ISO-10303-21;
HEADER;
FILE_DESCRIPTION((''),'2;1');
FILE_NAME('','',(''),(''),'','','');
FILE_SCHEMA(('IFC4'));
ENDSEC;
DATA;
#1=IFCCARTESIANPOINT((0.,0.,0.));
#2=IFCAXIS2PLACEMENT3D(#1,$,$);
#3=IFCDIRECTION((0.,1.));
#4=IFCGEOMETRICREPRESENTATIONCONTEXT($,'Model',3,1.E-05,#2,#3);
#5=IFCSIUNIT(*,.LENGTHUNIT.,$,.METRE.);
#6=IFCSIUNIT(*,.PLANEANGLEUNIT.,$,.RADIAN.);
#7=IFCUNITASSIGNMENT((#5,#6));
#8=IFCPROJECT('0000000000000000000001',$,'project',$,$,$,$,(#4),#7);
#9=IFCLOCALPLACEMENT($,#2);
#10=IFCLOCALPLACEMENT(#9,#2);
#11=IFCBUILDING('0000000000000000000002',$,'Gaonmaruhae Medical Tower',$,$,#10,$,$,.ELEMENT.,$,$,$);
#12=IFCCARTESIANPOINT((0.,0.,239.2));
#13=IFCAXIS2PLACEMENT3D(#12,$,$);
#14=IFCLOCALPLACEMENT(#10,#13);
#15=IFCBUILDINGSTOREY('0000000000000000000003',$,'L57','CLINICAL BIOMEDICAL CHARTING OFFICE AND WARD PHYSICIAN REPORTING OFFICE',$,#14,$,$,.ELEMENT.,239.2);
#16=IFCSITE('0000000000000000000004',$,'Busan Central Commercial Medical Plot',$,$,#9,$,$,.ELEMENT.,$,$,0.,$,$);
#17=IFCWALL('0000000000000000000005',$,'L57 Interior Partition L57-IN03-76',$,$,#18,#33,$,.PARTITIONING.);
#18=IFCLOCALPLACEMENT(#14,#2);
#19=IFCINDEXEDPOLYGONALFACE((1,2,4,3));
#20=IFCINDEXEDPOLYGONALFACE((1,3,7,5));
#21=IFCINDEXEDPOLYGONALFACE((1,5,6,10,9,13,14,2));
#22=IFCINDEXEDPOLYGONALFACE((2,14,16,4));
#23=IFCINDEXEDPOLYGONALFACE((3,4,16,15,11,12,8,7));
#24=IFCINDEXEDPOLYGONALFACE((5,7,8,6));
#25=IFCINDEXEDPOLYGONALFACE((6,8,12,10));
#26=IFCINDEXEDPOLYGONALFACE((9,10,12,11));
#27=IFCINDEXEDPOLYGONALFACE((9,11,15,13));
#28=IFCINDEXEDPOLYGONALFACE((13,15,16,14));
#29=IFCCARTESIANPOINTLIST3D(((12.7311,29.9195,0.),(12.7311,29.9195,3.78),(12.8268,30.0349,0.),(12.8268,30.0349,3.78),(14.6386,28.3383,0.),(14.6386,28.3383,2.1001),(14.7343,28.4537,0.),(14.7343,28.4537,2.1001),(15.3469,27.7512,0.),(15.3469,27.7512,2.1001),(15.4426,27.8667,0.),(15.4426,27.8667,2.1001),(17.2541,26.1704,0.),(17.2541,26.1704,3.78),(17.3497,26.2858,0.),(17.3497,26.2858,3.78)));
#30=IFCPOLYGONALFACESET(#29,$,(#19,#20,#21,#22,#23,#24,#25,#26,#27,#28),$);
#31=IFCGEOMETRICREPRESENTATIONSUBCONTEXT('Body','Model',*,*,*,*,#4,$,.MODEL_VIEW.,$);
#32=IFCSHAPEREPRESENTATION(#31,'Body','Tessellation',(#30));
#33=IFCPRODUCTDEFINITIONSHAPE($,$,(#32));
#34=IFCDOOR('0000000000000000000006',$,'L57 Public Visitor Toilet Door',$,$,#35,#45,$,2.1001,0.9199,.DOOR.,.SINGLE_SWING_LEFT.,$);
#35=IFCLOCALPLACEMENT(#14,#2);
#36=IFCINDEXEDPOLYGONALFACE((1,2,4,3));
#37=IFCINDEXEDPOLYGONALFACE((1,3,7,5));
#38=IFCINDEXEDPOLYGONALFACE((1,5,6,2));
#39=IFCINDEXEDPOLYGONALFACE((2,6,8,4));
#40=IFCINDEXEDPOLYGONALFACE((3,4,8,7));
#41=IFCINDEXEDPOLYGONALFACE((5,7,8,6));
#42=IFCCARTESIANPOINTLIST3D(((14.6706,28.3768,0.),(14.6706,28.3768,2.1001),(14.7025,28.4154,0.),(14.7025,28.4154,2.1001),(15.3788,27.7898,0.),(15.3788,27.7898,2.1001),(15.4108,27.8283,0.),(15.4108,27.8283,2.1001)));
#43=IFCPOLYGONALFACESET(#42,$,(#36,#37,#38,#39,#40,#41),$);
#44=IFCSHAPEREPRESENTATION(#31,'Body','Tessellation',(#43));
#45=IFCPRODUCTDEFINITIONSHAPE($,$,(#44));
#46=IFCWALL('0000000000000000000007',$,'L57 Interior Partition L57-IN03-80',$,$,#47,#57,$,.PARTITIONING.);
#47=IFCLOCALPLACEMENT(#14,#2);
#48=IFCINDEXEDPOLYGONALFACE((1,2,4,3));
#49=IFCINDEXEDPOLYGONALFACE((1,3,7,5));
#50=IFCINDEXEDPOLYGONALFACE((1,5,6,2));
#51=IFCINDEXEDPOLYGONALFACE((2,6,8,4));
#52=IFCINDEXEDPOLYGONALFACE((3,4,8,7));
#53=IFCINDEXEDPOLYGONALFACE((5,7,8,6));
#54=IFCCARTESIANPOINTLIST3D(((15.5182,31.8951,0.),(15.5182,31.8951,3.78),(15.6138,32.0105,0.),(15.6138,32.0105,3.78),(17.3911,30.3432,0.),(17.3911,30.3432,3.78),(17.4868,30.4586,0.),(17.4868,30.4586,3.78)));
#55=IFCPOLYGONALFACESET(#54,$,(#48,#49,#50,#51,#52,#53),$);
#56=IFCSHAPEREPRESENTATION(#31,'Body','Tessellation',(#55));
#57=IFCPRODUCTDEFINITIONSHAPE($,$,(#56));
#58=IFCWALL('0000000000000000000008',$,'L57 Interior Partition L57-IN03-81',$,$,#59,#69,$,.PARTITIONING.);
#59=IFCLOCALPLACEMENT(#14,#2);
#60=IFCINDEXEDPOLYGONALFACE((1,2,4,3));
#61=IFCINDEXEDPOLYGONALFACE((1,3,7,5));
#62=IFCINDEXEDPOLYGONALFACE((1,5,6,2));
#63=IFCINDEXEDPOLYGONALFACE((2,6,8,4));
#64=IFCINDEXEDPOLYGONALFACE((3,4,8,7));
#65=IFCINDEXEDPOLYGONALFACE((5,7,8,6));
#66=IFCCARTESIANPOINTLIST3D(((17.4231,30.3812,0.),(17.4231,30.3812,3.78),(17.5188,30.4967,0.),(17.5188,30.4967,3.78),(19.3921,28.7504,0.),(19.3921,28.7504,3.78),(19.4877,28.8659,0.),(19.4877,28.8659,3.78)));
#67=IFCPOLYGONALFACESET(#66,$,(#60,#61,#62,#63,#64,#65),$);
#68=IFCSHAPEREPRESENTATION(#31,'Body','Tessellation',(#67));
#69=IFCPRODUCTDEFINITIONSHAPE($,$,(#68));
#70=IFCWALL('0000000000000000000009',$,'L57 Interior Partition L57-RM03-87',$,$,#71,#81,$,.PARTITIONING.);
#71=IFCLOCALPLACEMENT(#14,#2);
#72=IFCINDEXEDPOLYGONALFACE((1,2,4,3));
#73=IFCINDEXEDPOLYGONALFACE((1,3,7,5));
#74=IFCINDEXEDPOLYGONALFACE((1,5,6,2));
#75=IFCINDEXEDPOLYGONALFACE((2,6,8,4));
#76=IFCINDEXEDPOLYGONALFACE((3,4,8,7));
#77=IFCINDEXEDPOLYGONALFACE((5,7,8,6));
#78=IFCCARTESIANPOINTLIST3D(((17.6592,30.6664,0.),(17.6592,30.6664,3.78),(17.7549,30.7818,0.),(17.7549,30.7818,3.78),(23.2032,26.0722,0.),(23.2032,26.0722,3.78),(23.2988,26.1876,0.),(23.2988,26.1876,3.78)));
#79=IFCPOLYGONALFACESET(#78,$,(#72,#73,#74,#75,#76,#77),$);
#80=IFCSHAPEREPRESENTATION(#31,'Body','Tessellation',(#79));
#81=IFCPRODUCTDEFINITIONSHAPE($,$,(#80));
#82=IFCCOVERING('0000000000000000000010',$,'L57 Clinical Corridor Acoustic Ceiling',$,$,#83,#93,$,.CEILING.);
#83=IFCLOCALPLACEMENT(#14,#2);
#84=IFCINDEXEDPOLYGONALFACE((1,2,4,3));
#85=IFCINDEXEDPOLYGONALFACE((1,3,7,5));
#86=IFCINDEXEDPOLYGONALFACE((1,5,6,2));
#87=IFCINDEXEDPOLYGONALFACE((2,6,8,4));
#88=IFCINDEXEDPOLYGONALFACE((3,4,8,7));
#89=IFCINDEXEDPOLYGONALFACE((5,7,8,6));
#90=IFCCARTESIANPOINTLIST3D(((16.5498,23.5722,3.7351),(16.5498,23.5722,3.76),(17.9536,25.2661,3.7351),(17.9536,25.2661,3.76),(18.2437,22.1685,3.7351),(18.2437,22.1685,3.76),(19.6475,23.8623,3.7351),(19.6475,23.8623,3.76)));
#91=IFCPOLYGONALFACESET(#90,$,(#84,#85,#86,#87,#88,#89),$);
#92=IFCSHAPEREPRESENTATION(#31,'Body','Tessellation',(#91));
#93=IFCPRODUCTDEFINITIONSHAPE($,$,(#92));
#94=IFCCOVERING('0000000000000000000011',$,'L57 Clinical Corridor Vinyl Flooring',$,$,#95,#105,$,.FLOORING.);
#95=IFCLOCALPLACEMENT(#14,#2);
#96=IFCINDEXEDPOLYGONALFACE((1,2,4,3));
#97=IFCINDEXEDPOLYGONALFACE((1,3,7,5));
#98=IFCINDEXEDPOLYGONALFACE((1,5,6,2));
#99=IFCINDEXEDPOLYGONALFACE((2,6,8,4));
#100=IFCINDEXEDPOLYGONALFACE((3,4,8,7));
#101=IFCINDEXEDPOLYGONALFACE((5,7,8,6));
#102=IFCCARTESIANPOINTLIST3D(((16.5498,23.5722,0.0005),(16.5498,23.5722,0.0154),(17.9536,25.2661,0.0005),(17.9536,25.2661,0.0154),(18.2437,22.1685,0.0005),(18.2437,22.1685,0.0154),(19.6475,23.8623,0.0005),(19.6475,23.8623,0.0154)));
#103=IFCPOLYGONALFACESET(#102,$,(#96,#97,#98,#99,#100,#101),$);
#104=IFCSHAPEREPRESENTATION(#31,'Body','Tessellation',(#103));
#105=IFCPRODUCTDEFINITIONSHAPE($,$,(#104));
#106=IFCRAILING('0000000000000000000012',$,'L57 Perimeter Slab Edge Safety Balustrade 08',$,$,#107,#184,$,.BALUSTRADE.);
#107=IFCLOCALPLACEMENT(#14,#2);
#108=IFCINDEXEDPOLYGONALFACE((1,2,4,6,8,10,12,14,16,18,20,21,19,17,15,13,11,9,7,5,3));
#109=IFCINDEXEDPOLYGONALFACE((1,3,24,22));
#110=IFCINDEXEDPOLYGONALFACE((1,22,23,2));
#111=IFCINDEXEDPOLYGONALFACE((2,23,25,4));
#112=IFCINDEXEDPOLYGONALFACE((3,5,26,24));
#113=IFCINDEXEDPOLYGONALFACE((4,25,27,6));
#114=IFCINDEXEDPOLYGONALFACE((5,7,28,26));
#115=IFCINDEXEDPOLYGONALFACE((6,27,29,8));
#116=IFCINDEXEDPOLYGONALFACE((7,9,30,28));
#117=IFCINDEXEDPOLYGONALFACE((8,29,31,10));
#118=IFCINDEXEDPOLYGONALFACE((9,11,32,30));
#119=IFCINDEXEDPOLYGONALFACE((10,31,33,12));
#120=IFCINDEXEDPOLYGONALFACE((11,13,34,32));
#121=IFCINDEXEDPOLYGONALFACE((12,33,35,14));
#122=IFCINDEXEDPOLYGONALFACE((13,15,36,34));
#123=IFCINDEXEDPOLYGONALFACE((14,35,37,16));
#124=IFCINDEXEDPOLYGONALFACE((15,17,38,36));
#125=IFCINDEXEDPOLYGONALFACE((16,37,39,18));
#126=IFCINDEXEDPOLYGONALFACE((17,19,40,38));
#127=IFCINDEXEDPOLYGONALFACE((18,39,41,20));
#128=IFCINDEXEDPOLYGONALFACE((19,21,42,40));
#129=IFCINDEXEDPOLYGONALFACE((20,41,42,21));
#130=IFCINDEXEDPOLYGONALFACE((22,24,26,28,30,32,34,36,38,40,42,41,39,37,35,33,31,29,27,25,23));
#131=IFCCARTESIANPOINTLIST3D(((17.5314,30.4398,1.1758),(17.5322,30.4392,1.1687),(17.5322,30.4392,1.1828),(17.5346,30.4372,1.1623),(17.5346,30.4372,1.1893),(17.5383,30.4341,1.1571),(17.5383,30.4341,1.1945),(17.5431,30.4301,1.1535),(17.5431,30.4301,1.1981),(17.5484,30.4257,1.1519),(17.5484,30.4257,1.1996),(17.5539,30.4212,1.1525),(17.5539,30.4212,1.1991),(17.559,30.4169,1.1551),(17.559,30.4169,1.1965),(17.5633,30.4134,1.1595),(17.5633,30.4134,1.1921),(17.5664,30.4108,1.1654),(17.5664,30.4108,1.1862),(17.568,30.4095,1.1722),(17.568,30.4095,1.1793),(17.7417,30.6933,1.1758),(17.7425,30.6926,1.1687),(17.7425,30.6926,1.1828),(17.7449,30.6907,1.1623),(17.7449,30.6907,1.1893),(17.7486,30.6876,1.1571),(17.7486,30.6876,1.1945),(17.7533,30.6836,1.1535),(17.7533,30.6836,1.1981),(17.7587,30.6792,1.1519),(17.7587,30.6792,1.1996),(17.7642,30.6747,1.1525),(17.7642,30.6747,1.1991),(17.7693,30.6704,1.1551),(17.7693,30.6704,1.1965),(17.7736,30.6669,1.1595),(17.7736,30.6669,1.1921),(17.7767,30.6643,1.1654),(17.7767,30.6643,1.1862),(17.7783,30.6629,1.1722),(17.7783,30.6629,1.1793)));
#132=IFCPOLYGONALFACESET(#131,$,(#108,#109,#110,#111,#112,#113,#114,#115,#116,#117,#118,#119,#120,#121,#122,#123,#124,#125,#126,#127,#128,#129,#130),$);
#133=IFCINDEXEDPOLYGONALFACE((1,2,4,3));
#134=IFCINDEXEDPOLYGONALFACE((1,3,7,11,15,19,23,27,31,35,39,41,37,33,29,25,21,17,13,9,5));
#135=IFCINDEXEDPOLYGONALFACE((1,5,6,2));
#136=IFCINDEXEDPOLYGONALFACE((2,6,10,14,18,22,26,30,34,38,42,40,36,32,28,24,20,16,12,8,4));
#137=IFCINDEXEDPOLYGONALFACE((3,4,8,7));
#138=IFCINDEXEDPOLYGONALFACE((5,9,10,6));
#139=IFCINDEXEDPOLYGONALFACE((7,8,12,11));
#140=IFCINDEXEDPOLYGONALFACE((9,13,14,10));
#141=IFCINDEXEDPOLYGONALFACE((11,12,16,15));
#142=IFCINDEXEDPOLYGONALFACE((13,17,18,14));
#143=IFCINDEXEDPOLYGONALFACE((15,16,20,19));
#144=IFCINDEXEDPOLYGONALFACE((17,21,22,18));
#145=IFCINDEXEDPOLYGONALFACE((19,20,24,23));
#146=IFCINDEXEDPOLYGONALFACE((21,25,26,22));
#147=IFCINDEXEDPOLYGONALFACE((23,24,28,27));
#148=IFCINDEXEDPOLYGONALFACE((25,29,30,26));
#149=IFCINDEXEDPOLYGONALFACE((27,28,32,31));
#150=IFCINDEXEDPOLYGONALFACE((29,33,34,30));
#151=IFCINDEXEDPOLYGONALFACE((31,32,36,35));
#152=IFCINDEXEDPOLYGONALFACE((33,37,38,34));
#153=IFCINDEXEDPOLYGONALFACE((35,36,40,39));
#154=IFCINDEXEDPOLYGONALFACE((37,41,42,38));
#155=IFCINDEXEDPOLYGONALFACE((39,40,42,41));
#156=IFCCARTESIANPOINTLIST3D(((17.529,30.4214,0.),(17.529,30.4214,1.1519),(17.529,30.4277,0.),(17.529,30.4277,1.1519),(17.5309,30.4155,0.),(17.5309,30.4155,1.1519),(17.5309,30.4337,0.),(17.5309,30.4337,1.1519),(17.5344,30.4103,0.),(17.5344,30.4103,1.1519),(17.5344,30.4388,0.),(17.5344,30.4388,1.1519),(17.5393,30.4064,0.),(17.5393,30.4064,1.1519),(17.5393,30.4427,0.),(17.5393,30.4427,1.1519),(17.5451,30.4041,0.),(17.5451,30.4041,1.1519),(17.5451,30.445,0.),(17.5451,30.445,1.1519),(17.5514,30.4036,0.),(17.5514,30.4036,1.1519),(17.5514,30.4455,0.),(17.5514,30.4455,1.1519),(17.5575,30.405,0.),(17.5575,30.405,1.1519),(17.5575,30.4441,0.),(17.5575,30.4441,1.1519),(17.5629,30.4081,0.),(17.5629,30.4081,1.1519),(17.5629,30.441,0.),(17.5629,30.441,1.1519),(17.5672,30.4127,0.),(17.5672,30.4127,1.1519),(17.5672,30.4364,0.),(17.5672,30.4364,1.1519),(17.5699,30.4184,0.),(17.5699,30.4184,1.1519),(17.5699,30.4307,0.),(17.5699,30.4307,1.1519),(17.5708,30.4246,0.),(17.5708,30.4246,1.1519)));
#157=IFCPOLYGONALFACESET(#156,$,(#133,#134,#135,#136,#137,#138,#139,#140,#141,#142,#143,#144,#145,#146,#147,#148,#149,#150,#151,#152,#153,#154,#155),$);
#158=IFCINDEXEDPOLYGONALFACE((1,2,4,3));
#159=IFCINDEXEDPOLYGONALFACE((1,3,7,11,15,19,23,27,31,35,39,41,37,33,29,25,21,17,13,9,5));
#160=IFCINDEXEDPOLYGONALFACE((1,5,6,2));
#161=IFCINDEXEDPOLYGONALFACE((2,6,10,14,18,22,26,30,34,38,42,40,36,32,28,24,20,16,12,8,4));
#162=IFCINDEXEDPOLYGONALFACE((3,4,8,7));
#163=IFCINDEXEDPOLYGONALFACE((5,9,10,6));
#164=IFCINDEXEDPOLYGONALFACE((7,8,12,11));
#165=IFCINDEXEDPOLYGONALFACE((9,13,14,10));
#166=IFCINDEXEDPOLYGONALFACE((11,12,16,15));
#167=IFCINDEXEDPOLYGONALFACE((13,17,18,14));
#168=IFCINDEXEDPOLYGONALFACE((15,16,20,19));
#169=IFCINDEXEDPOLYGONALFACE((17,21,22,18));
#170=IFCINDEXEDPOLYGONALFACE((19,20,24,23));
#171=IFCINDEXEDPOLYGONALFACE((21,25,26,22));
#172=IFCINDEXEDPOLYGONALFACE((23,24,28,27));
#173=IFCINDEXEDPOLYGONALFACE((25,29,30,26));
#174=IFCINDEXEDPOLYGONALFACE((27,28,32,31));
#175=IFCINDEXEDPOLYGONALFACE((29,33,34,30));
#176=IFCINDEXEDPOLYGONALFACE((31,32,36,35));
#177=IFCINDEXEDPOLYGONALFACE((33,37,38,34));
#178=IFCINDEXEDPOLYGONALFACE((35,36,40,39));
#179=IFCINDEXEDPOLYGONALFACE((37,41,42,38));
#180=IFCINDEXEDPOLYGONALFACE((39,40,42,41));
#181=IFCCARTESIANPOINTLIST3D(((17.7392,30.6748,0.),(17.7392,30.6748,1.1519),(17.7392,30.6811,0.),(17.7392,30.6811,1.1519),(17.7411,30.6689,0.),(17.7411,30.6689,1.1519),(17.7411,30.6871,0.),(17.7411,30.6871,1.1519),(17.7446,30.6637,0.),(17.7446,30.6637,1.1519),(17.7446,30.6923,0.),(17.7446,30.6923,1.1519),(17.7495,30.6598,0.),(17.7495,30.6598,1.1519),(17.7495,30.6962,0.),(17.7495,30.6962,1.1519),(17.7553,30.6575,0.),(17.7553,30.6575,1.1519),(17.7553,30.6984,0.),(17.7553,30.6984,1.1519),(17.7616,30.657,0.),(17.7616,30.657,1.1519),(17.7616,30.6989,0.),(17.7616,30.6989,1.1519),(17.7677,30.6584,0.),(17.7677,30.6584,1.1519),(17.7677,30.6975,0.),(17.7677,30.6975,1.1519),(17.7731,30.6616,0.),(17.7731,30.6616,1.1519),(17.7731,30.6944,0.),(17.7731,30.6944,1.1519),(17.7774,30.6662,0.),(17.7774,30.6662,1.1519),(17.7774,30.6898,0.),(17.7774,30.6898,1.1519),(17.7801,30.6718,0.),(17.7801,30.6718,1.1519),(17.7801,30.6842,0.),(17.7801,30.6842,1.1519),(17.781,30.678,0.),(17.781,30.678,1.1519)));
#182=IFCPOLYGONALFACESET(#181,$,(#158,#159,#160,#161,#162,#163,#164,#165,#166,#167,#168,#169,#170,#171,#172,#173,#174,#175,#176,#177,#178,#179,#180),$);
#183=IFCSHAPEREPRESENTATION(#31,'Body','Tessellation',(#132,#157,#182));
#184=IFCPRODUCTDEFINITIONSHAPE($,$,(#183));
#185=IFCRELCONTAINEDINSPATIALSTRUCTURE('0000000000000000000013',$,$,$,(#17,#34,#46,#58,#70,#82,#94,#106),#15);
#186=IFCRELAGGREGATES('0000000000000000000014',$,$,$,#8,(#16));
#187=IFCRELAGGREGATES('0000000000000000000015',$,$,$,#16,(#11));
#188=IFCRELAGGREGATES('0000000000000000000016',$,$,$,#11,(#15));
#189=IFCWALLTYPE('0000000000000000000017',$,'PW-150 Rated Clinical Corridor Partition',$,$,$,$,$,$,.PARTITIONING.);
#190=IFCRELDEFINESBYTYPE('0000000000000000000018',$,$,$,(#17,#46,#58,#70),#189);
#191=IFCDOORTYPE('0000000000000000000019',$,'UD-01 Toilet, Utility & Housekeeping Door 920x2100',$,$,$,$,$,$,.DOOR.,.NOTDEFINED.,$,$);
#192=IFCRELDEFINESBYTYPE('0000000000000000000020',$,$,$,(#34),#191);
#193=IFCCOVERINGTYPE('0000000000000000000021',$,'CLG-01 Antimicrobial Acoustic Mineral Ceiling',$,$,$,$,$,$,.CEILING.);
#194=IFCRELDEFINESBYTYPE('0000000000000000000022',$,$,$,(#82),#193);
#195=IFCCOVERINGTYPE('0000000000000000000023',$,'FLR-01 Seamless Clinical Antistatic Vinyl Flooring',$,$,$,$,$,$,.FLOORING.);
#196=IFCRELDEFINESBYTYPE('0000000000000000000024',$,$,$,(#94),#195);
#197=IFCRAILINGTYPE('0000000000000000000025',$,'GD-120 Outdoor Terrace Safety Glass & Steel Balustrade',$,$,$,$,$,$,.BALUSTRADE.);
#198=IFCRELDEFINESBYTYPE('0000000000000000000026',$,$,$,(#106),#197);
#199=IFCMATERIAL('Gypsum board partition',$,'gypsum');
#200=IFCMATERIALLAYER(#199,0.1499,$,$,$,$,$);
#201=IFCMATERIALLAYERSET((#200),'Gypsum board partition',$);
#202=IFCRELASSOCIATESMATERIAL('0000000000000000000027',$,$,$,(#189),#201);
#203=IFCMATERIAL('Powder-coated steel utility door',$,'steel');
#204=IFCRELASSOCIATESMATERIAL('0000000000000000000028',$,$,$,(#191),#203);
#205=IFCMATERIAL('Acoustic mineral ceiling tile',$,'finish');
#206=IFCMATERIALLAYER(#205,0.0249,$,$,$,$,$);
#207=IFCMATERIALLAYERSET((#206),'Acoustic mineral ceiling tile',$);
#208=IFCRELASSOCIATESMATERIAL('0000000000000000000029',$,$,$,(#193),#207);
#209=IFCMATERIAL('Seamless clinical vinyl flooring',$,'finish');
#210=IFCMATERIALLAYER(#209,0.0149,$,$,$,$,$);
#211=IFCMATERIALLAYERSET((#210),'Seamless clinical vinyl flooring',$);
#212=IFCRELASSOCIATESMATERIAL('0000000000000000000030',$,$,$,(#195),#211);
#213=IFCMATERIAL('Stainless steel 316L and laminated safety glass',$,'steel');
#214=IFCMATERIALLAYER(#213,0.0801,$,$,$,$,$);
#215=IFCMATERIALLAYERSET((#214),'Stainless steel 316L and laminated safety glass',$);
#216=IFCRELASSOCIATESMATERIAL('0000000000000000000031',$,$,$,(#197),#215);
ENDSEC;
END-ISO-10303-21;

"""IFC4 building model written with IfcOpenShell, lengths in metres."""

from ifc_helpers import new_model, si_unit, direction, frame, frame_2d, origin, origin_2d, place, context, subcontext, project, spatial, rectangle, circle, extrude, material, layer, layer_set, type_object, element, fill, save


model = new_model("IFC4")

# Units and contexts
model_context = context("Model", 3, precision=1e-05, world=origin(), true_north=direction((0.0, 1.0)))
body_context = subcontext(model_context, "Body", "Model", "MODEL_VIEW")
ifc_project = project(units=[si_unit("LENGTHUNIT", "METRE"), si_unit("PLANEANGLEUNIT", "RADIAN")], contexts=[model_context])

# Site, building, storey
site_placement = place(None, origin())
site = spatial("IfcSite", under=ifc_project, at=site_placement, Name="Busan Central Commercial Medical Plot", CompositionType="ELEMENT", RefElevation=0.0)
building_placement = place(site_placement, origin())
building = spatial("IfcBuilding", under=site, at=building_placement, Name="Gaonmaruhae Medical Tower", CompositionType="ELEMENT")
storey_placement = place(building_placement, frame((0.0, 0.0, 239.2)))
storey = spatial("IfcBuildingStorey", under=building, at=storey_placement, Name="L57", Description="CLINICAL BIOMEDICAL CHARTING OFFICE AND WARD PHYSICIAN REPORTING OFFICE", CompositionType="ELEMENT", Elevation=239.2)

# Shared definitions
ifc_material_1 = material(Name="Gypsum board partition", Category="gypsum")
ifc_layer_1 = layer(ifc_material_1, 0.1499)
ifc_layer_set_1 = layer_set([ifc_layer_1], Name="Gypsum board partition")
wall_type_1 = type_object("IfcWallType", Name="PW-150 Rated Clinical Corridor Partition", PredefinedType="PARTITIONING", material=ifc_layer_set_1)

# Wall, opening, door
wall_1_placement = place(storey_placement, frame((17.302, 26.228, 0.0), z_axis=(0.0, 0.0, 1.0), x_axis=(-0.769901, 0.638163, 0.0)))
wall_1 = element("IfcWall", 1, at=wall_1_placement, inside=storey, type_object=wall_type_1, Name="L57 Interior Partition L57-IN03-76", PredefinedType="PARTITIONING", context=body_context, shape_type="SweptSolid", body=[
    extrude(rectangle(XDim=5.8748, YDim=0.1499, at=frame_2d((2.9375, 0.0))), origin(), (0.0, 0.0, 1.0), 3.78),
])
opening_1_placement = place(wall_1_placement, frame((2.4773, 0.0, 0.0)))
opening_1 = element("IfcOpeningElement", 2, at=opening_1_placement, cuts=wall_1, PredefinedType="OPENING", context=body_context, shape_type="SweptSolid", body=[
    extrude(rectangle(XDim=0.9199, YDim=2.1001, at=frame_2d((0.46, 1.05))), frame((0.0, 0.085, 0.0), z_axis=(0.0, -1.0, 0.0), x_axis=(1.0, 0.0, 0.0)), (0.0, 0.0, 1.0), 0.1699),
])
ifc_material_2 = material(Name="Powder-coated steel utility door", Category="steel")
door_type = type_object("IfcDoorType", Name="UD-01 Toilet, Utility & Housekeeping Door 920x2100", OperationType="NOTDEFINED", PredefinedType="DOOR", material=ifc_material_2)
door_placement = place(opening_1_placement, origin())
door = element("IfcDoor", 3, at=door_placement, inside=storey, type_object=door_type, Name="L57 Public Visitor Toilet Door", OperationType="SINGLE_SWING_LEFT", OverallHeight=2.1001, OverallWidth=0.9199, PredefinedType="DOOR", context=body_context, shape_type="SweptSolid", body=[
    extrude(rectangle(XDim=0.9199, YDim=2.1001, at=frame_2d((0.46, 1.05))), frame((0.0, 0.0249, 0.0), z_axis=(0.0, -1.0, 0.0), x_axis=(1.0, 0.0, 0.0)), (0.0, 0.0, 1.0), 0.05),
])
fill(opening_1, door)

# Walls
wall_2_placement = place(storey_placement, frame((15.5659, 31.9529, 0.0), z_axis=(0.0, 0.0, 1.0), x_axis=(0.770012, -0.63803, 0.0)))
element("IfcWall", 4, at=wall_2_placement, inside=storey, type_object=wall_type_1, Name="L57 Interior Partition L57-IN03-80", PredefinedType="PARTITIONING", context=body_context, shape_type="SweptSolid", body=[
    extrude(rectangle(XDim=2.4324, YDim=0.1499, at=frame_2d((1.2163, 0.0))), origin(), (0.0, 0.0, 1.0), 3.78),
])
wall_3_placement = place(storey_placement, frame((17.4709, 30.439, 0.0), z_axis=(0.0, 0.0, 1.0), x_axis=(0.770135, -0.63788, 0.0)))
element("IfcWall", 5, at=wall_3_placement, inside=storey, type_object=wall_type_1, Name="L57 Interior Partition L57-IN03-81", PredefinedType="PARTITIONING", context=body_context, shape_type="SweptSolid", body=[
    extrude(rectangle(XDim=2.5566, YDim=0.1499, at=frame_2d((1.2783, 0.0))), origin(), (0.0, 0.0, 1.0), 3.78),
])
wall_4_placement = place(storey_placement, frame((17.707, 30.7241, 0.0), z_axis=(0.0, 0.0, 1.0), x_axis=(0.769975, -0.638074, 0.0)))
element("IfcWall", 6, at=wall_4_placement, inside=storey, type_object=wall_type_1, Name="L57 Interior Partition L57-RM03-87", PredefinedType="PARTITIONING", context=body_context, shape_type="SweptSolid", body=[
    extrude(rectangle(XDim=7.2002, YDim=0.1499, at=frame_2d((3.6001, 0.0))), origin(), (0.0, 0.0, 1.0), 3.78),
])

# Coverings
ifc_material_3 = material(Name="Acoustic mineral ceiling tile", Category="finish")
ifc_layer_2 = layer(ifc_material_3, 0.0249)
ifc_layer_set_2 = layer_set([ifc_layer_2], Name="Acoustic mineral ceiling tile")
covering_type_1 = type_object("IfcCoveringType", Name="CLG-01 Antimicrobial Acoustic Mineral Ceiling", PredefinedType="CEILING", material=ifc_layer_set_2)
covering_1_placement = place(storey_placement, frame((18.0986, 23.7173, 3.7351), z_axis=(0.0, 0.0, 1.0), x_axis=(0.638096, 0.769957, 0.0)))
element("IfcCovering", 7, at=covering_1_placement, inside=storey, type_object=covering_type_1, Name="L57 Clinical Corridor Acoustic Ceiling", PredefinedType="CEILING", context=body_context, shape_type="SweptSolid", body=[
    extrude(rectangle(XDim=2.2, YDim=2.2, at=origin_2d()), origin(), (0.0, 0.0, 1.0), 0.0249),
])
ifc_material_4 = material(Name="Seamless clinical vinyl flooring", Category="finish")
ifc_layer_3 = layer(ifc_material_4, 0.0149)
ifc_layer_set_3 = layer_set([ifc_layer_3], Name="Seamless clinical vinyl flooring")
covering_type_2 = type_object("IfcCoveringType", Name="FLR-01 Seamless Clinical Antistatic Vinyl Flooring", PredefinedType="FLOORING", material=ifc_layer_set_3)
covering_2_placement = place(storey_placement, frame((18.0986, 23.7173, 0.0005), z_axis=(0.0, 0.0, 1.0), x_axis=(0.638096, 0.769957, 0.0)))
element("IfcCovering", 8, at=covering_2_placement, inside=storey, type_object=covering_type_2, Name="L57 Clinical Corridor Vinyl Flooring", PredefinedType="FLOORING", context=body_context, shape_type="SweptSolid", body=[
    extrude(rectangle(XDim=2.2, YDim=2.2, at=origin_2d()), origin(), (0.0, 0.0, 1.0), 0.0149),
])

# Railing
ifc_material_5 = material(Name="Stainless steel 316L and laminated safety glass", Category="steel")
ifc_layer_4 = layer(ifc_material_5, 0.0801)
ifc_layer_set_4 = layer_set([ifc_layer_4], Name="Stainless steel 316L and laminated safety glass")
railing_type = type_object("IfcRailingType", Name="GD-120 Outdoor Terrace Safety Glass & Steel Balustrade", PredefinedType="BALUSTRADE", material=ifc_layer_set_4)
railing_1_placement = place(storey_placement, frame((17.5498, 30.4246, 0.0)))
element("IfcRailing", 9, at=railing_1_placement, inside=storey, type_object=railing_type, Name="L57 Perimeter Slab Edge Safety Balustrade 08", PredefinedType="BALUSTRADE", context=body_context, shape_type="SweptSolid", body=[
    extrude(circle(Radius=0.0239, at=origin_2d()), frame((0.0, 0.0, 1.1758), z_axis=(0.638432, 0.769678, 0.0), x_axis=(-0.769678, 0.638432, 0.0)), (0.0, 0.0, 1.0), 0.3293),
    extrude(circle(Radius=0.021, at=origin_2d()), origin(), (0.0, 0.0, 1.0), 1.1519),
    extrude(circle(Radius=0.021, at=origin_2d()), frame((0.2102, 0.2534, 0.0)), (0.0, 0.0, 1.0), 1.1519),
])

save(model, "model.ifc")
